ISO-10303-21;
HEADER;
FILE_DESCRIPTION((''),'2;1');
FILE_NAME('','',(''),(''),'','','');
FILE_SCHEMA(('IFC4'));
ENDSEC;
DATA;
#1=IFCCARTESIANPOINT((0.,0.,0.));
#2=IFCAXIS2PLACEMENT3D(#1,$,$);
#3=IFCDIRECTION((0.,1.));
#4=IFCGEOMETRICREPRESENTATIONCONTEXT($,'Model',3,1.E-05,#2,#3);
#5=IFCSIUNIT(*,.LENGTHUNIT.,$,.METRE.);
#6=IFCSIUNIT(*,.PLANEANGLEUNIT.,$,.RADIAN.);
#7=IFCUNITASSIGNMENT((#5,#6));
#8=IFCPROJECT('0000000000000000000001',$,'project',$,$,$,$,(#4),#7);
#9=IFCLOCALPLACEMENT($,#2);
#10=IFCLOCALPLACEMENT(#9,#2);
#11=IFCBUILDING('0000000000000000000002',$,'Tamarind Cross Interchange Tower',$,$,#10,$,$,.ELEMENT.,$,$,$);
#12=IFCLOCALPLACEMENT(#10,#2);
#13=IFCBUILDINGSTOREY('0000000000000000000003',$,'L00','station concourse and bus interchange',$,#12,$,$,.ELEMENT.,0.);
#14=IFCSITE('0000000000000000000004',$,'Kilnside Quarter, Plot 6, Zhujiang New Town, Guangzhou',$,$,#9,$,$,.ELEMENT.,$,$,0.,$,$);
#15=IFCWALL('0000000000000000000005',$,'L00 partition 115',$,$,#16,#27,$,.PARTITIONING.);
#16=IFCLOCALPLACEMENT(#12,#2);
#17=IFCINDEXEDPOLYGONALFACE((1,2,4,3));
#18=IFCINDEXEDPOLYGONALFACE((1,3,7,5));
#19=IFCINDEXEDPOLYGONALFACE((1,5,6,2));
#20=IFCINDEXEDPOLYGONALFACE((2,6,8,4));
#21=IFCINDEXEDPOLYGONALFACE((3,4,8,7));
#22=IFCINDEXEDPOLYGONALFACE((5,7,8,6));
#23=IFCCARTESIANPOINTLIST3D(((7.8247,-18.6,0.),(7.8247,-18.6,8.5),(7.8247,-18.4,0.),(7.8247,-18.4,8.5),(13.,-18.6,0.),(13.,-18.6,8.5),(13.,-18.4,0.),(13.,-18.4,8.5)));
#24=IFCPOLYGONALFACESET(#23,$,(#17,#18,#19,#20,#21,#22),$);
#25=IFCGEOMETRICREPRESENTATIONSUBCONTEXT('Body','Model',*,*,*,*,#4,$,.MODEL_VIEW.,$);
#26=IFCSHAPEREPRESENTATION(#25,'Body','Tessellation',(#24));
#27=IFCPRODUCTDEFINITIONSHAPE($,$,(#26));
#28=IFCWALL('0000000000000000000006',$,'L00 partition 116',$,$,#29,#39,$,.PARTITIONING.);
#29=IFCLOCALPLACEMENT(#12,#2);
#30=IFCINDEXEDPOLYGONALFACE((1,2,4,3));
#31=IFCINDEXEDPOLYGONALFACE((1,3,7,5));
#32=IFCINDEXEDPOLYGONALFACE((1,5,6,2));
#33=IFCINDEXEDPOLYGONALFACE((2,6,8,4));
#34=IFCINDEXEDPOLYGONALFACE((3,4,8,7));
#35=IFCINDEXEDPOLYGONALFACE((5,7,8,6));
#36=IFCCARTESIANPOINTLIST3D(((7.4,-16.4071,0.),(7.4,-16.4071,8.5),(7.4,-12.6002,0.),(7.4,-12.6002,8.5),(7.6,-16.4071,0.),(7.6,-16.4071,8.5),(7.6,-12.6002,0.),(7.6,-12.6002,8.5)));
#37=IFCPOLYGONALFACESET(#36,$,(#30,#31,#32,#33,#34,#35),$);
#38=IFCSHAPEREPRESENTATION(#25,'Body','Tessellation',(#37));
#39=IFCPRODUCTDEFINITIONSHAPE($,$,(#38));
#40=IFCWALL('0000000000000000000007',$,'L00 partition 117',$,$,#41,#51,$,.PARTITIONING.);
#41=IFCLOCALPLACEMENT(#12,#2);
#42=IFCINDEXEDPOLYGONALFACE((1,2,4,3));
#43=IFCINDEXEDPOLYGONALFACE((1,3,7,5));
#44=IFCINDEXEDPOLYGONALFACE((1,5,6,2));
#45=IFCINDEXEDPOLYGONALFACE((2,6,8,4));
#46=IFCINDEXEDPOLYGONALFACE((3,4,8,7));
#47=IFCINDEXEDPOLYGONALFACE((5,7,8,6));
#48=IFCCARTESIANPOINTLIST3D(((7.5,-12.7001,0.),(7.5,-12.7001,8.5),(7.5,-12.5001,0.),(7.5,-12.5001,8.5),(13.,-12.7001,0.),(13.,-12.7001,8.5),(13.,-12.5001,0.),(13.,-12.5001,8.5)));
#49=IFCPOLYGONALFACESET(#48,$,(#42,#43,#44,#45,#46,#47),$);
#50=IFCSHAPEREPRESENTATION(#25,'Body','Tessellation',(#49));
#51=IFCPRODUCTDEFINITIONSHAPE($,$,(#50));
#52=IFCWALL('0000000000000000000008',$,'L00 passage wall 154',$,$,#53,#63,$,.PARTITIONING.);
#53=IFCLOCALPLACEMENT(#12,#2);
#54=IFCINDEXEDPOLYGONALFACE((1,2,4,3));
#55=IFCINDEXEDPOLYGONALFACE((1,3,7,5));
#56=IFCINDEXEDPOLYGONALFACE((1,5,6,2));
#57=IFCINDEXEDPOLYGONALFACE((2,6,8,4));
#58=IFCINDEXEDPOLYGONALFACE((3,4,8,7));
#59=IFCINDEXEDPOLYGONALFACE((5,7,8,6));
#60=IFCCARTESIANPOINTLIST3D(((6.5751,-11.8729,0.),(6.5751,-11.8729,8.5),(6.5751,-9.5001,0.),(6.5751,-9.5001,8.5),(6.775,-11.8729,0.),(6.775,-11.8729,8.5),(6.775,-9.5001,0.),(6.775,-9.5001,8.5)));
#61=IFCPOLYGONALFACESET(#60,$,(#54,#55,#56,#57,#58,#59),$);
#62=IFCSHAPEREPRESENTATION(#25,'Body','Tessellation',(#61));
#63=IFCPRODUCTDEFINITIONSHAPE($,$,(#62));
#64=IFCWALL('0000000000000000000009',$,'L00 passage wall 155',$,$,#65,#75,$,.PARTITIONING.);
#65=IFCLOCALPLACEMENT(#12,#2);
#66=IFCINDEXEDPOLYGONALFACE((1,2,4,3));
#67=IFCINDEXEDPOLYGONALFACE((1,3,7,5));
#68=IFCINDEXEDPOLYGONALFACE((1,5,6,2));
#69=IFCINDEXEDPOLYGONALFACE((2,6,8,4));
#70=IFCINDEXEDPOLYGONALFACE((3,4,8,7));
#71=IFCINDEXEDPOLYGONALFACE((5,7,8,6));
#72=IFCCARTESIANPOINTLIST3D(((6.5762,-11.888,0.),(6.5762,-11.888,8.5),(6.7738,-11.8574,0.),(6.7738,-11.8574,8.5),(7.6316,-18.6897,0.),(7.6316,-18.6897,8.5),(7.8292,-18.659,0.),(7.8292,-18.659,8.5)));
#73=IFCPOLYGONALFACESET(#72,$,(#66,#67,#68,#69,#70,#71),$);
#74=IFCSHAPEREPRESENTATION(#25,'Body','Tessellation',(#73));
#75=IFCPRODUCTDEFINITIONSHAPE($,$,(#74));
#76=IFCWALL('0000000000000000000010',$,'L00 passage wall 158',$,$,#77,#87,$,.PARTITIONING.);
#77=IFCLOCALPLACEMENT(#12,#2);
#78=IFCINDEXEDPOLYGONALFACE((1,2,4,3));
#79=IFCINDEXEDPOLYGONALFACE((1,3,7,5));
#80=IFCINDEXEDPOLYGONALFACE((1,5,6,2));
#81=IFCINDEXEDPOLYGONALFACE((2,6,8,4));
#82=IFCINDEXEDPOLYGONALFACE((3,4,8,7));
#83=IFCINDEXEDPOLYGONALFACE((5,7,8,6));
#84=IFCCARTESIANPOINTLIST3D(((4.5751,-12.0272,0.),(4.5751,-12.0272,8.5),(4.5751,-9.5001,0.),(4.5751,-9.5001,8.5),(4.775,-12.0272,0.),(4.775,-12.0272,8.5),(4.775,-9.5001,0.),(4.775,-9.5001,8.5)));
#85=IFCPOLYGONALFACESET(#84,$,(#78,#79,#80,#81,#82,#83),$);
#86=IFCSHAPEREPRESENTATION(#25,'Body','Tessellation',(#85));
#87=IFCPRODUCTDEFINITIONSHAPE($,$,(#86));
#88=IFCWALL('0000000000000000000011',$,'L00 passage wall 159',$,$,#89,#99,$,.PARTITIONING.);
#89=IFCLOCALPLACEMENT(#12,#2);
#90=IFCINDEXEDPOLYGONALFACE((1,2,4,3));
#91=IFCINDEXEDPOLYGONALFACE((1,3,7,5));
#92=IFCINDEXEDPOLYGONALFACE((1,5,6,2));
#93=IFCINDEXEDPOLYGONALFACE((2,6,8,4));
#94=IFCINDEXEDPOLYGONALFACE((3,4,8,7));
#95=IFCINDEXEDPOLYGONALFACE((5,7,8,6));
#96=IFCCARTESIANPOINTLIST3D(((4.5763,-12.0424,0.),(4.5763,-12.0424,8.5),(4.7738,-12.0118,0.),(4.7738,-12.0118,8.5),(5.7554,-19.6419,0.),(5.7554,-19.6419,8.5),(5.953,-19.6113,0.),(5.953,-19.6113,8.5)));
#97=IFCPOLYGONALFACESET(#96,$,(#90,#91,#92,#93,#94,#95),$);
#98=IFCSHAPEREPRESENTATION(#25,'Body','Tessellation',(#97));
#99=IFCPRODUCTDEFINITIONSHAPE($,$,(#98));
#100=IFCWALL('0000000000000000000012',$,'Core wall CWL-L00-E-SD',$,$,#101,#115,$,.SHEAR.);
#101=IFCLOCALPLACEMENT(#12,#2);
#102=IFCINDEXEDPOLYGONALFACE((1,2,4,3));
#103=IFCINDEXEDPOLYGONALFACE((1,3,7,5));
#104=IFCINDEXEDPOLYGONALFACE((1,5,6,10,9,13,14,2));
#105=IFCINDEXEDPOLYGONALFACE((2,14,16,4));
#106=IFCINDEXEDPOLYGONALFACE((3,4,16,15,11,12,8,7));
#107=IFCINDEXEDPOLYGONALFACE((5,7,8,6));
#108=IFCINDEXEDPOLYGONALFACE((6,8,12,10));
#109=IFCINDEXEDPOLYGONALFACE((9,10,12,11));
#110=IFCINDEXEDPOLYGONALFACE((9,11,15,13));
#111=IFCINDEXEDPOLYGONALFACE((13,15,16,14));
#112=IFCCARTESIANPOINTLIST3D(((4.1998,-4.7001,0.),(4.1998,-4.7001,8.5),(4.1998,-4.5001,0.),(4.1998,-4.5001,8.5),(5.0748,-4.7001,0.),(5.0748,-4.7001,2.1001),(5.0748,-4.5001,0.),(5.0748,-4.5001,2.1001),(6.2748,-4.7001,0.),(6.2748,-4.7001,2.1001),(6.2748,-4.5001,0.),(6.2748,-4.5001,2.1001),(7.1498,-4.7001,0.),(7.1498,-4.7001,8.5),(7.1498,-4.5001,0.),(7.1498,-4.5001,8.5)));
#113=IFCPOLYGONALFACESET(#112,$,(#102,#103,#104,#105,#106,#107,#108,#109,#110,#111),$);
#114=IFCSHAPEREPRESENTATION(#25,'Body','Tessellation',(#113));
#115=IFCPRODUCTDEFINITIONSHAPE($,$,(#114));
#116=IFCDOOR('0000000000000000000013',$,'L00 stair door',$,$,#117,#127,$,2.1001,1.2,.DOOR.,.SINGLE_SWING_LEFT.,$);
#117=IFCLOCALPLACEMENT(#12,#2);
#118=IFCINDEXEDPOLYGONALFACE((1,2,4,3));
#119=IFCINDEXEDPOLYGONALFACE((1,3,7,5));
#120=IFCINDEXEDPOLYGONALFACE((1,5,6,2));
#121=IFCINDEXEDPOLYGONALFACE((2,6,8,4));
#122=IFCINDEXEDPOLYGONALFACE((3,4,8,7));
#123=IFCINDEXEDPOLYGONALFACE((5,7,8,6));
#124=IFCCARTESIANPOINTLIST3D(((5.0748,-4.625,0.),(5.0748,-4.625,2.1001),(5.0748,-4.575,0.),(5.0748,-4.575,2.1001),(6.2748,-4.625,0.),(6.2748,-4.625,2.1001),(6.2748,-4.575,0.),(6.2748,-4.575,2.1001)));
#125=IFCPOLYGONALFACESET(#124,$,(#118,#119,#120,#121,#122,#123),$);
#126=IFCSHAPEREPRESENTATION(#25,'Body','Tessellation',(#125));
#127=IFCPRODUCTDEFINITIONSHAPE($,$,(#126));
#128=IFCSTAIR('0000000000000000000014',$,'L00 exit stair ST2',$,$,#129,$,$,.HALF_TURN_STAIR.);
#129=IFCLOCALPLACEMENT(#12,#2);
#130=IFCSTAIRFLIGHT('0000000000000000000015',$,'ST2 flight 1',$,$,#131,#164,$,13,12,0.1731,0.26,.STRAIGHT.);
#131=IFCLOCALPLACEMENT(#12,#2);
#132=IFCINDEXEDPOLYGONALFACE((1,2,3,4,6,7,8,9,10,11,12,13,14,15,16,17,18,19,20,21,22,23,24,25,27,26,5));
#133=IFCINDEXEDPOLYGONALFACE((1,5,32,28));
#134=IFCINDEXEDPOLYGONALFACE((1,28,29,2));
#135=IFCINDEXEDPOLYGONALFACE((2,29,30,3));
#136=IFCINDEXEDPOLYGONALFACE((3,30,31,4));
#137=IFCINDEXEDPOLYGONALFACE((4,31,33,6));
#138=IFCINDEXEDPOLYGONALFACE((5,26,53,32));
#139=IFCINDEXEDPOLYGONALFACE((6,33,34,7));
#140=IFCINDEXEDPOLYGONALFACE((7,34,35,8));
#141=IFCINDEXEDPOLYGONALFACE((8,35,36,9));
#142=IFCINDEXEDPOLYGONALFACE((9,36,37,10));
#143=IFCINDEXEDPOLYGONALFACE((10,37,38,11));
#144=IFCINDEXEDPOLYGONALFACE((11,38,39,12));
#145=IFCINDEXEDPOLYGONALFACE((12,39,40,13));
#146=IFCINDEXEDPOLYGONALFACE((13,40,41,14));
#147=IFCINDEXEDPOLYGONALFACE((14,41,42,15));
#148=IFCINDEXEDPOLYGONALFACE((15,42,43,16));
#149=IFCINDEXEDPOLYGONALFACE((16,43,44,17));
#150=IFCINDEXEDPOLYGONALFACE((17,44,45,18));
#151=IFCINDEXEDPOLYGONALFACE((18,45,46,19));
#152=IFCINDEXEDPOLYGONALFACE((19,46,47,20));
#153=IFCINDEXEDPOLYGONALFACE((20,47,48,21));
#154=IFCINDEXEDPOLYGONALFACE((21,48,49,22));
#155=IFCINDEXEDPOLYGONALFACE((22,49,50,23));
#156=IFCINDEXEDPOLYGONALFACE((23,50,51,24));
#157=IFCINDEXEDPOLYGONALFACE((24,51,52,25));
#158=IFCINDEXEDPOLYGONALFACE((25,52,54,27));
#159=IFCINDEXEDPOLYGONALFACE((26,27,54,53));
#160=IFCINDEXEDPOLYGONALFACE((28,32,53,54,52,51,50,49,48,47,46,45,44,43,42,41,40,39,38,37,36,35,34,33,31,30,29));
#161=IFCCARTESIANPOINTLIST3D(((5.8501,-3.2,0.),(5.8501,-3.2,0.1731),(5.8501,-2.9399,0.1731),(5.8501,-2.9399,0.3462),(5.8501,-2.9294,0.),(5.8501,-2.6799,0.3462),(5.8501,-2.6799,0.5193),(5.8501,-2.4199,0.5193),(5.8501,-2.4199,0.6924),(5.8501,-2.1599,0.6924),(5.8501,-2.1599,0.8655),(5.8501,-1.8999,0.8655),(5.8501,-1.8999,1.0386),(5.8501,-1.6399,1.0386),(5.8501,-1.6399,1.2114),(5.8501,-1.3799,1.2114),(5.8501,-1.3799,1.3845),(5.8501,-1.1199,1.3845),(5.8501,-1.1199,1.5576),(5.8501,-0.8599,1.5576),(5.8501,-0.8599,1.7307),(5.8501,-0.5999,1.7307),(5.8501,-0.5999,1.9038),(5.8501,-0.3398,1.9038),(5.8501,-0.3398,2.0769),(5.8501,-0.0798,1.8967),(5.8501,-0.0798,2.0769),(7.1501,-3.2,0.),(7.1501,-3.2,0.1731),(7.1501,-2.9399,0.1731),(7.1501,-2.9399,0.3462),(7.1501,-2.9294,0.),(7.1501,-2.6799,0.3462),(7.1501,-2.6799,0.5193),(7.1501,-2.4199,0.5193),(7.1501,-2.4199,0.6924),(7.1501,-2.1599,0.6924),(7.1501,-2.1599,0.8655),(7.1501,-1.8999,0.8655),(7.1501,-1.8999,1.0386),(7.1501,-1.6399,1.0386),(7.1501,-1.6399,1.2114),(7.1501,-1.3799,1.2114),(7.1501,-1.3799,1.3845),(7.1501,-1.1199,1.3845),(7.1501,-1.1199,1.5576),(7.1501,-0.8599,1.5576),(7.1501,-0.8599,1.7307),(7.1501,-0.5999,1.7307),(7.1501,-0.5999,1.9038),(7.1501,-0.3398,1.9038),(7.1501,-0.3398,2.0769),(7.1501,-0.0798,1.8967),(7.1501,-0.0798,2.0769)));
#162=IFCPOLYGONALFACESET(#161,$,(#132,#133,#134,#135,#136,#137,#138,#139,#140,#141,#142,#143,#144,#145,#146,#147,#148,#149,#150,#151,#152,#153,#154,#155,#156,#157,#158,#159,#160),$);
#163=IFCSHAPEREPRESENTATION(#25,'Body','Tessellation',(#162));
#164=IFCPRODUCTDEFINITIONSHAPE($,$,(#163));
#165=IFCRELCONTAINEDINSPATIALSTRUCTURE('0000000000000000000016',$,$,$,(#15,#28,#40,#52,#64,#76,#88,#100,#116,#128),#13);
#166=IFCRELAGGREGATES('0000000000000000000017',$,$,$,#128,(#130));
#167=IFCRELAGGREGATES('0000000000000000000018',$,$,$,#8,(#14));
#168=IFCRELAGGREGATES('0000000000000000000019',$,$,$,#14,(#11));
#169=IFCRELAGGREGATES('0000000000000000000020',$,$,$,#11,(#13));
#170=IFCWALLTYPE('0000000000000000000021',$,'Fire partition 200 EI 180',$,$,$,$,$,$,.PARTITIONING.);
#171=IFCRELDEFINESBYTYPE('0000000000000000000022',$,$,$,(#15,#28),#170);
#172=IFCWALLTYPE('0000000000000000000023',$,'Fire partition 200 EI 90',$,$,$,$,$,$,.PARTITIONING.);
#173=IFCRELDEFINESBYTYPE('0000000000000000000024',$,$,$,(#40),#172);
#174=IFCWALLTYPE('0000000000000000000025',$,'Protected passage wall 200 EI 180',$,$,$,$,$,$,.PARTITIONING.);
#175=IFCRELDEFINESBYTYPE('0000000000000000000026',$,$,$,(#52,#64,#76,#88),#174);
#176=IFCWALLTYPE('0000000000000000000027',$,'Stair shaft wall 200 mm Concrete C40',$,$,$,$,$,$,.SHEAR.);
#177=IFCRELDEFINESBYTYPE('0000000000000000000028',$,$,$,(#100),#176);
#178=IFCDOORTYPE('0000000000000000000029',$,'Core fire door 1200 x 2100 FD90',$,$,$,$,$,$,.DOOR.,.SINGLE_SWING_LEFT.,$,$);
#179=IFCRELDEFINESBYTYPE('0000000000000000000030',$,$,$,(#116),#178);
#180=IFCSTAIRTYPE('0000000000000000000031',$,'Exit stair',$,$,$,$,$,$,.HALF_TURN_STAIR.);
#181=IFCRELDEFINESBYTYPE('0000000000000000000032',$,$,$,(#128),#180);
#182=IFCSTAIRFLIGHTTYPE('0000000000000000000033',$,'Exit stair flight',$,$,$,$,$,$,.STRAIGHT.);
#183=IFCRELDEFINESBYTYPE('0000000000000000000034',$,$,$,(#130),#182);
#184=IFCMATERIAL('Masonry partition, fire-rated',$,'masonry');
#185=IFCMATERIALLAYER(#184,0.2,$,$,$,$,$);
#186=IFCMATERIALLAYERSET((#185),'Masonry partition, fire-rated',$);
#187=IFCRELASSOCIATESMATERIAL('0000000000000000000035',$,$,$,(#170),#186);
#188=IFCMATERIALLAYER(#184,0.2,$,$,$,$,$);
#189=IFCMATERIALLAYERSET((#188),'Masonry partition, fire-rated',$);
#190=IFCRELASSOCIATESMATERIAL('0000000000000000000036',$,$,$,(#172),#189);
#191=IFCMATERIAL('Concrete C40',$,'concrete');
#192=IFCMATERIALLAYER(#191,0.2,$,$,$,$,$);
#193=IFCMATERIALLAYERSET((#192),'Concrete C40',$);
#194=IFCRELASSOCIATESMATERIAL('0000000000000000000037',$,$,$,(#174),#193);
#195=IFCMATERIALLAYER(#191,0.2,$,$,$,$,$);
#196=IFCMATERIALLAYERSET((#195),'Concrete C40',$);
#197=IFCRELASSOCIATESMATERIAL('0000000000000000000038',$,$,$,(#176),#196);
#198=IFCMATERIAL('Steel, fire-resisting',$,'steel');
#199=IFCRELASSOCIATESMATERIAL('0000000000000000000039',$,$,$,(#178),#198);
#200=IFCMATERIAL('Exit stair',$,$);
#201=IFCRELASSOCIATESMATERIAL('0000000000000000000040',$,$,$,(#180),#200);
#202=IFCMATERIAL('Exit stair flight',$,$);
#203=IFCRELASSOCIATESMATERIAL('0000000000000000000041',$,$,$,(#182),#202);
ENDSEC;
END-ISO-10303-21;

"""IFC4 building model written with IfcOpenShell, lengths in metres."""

from ifc_helpers import new_model, si_unit, direction, frame, frame_2d, origin, place, context, subcontext, project, spatial, polyline, rectangle, outline, extrude, material, layer, layer_set, type_object, element, fill, aggregate, save


model = new_model("IFC4")

# Units and contexts
model_context = context("Model", 3, precision=1e-05, world=origin(), true_north=direction((0.0, 1.0)))
body_context = subcontext(model_context, "Body", "Model", "MODEL_VIEW")
ifc_project = project(units=[si_unit("LENGTHUNIT", "METRE"), si_unit("PLANEANGLEUNIT", "RADIAN")], contexts=[model_context])

# Site, building, storey
site_placement = place(None, origin())
site = spatial("IfcSite", under=ifc_project, at=site_placement, Name="Kilnside Quarter, Plot 6, Zhujiang New Town, Guangzhou", CompositionType="ELEMENT", RefElevation=0.0)
building_placement = place(site_placement, origin())
building = spatial("IfcBuilding", under=site, at=building_placement, Name="Tamarind Cross Interchange Tower", CompositionType="ELEMENT")
storey_placement = place(building_placement, origin())
storey = spatial("IfcBuildingStorey", under=building, at=storey_placement, Name="L00", Description="station concourse and bus interchange", CompositionType="ELEMENT", Elevation=0.0)

# Shared definitions
ifc_material_1 = material(Name="Steel, fire-resisting", Category="steel")

# Walls
ifc_material_2 = material(Name="Masonry partition, fire-rated", Category="masonry")
ifc_layer_1 = layer(ifc_material_2, 0.2)
ifc_layer_set_1 = layer_set([ifc_layer_1], Name="Masonry partition, fire-rated")
wall_type_1 = type_object("IfcWallType", Name="Fire partition 200 EI 180", PredefinedType="PARTITIONING", material=ifc_layer_set_1)
wall_1_placement = place(storey_placement, frame((7.8247, -18.5, 0.0), z_axis=(0.0, 0.0, 1.0), x_axis=(1.0, 0.0, 0.0)))
element("IfcWall", 1, at=wall_1_placement, inside=storey, type_object=wall_type_1, Name="L00 partition 115", PredefinedType="PARTITIONING", context=body_context, shape_type="SweptSolid", body=[
    extrude(rectangle(XDim=5.1753, YDim=0.2, at=frame_2d((2.5876, 0.0))), origin(), (0.0, 0.0, 1.0), 8.5),
])
wall_2_placement = place(storey_placement, frame((7.5, -16.407, 0.0), z_axis=(0.0, 0.0, 1.0), x_axis=(0.0, 1.0, 0.0)))
element("IfcWall", 2, at=wall_2_placement, inside=storey, type_object=wall_type_1, Name="L00 partition 116", PredefinedType="PARTITIONING", context=body_context, shape_type="SweptSolid", body=[
    extrude(rectangle(XDim=3.8069, YDim=0.2, at=frame_2d((1.9033, 0.0))), origin(), (0.0, 0.0, 1.0), 8.5),
])
ifc_layer_2 = layer(ifc_material_2, 0.2)
ifc_layer_set_2 = layer_set([ifc_layer_2], Name="Masonry partition, fire-rated")
wall_type_2 = type_object("IfcWallType", Name="Fire partition 200 EI 90", PredefinedType="PARTITIONING", material=ifc_layer_set_2)
wall_3_placement = place(storey_placement, frame((7.5, -12.6001, 0.0), z_axis=(0.0, 0.0, 1.0), x_axis=(1.0, 0.0, 0.0)))
element("IfcWall", 3, at=wall_3_placement, inside=storey, type_object=wall_type_2, Name="L00 partition 117", PredefinedType="PARTITIONING", context=body_context, shape_type="SweptSolid", body=[
    extrude(rectangle(XDim=5.5, YDim=0.2, at=frame_2d((2.75, 0.0))), origin(), (0.0, 0.0, 1.0), 8.5),
])
ifc_material_3 = material(Name="Concrete C40", Category="concrete")
ifc_layer_3 = layer(ifc_material_3, 0.2)
ifc_layer_set_3 = layer_set([ifc_layer_3], Name="Concrete C40")
wall_type_3 = type_object("IfcWallType", Name="Protected passage wall 200 EI 180", PredefinedType="PARTITIONING", material=ifc_layer_set_3)
wall_4_placement = place(storey_placement, frame((6.675, -9.5, 0.0), z_axis=(0.0, 0.0, 1.0), x_axis=(0.0, -1.0, 0.0)))
element("IfcWall", 4, at=wall_4_placement, inside=storey, type_object=wall_type_3, Name="L00 passage wall 154", PredefinedType="PARTITIONING", context=body_context, shape_type="SweptSolid", body=[
    extrude(rectangle(XDim=2.3728, YDim=0.2, at=frame_2d((1.1865, 0.0))), origin(), (0.0, 0.0, 1.0), 8.5),
])
wall_5_placement = place(storey_placement, frame((6.675, -11.8728, 0.0), z_axis=(0.0, 0.0, 1.0), x_axis=(0.153334, -0.988174, 0.0)))
element("IfcWall", 5, at=wall_5_placement, inside=storey, type_object=wall_type_3, Name="L00 passage wall 155", PredefinedType="PARTITIONING", context=body_context, shape_type="SweptSolid", body=[
    extrude(rectangle(XDim=6.8831, YDim=0.2, at=frame_2d((3.4414, 0.0))), origin(), (0.0, 0.0, 1.0), 8.5),
])
wall_6_placement = place(storey_placement, frame((4.675, -9.5, 0.0), z_axis=(0.0, 0.0, 1.0), x_axis=(0.0, -1.0, 0.0)))
element("IfcWall", 6, at=wall_6_placement, inside=storey, type_object=wall_type_3, Name="L00 passage wall 158", PredefinedType="PARTITIONING", context=body_context, shape_type="SweptSolid", body=[
    extrude(rectangle(XDim=2.5271, YDim=0.2, at=frame_2d((1.2637, 0.0))), origin(), (0.0, 0.0, 1.0), 8.5),
])
wall_7_placement = place(storey_placement, frame((4.675, -12.0271, 0.0), z_axis=(0.0, 0.0, 1.0), x_axis=(0.153331, -0.988175, 0.0)))
element("IfcWall", 7, at=wall_7_placement, inside=storey, type_object=wall_type_3, Name="L00 passage wall 159", PredefinedType="PARTITIONING", context=body_context, shape_type="SweptSolid", body=[
    extrude(rectangle(XDim=7.6904, YDim=0.2, at=frame_2d((3.8452, 0.0))), origin(), (0.0, 0.0, 1.0), 8.5),
])

# Wall, opening, door
ifc_layer_4 = layer(ifc_material_3, 0.2)
ifc_layer_set_4 = layer_set([ifc_layer_4], Name="Concrete C40")
wall_type_4 = type_object("IfcWallType", Name="Stair shaft wall 200 mm Concrete C40", PredefinedType="SHEAR", material=ifc_layer_set_4)
wall_8_placement = place(storey_placement, frame((7.1499, -4.6001, 0.0), z_axis=(0.0, 0.0, 1.0), x_axis=(-1.0, 0.0, 0.0)))
wall_8 = element("IfcWall", 8, at=wall_8_placement, inside=storey, type_object=wall_type_4, Name="Core wall CWL-L00-E-SD", PredefinedType="SHEAR", context=body_context, shape_type="SweptSolid", body=[
    extrude(rectangle(XDim=2.95, YDim=0.2, at=frame_2d((1.4751, 0.0))), origin(), (0.0, 0.0, 1.0), 8.5),
])
opening_1_placement = place(wall_8_placement, frame((0.875, 0.0, 0.0)))
opening_1 = element("IfcOpeningElement", 9, at=opening_1_placement, cuts=wall_8, PredefinedType="OPENING", context=body_context, shape_type="SweptSolid", body=[
    extrude(rectangle(XDim=1.2, YDim=2.1001, at=frame_2d((0.6001, 1.05))), frame((0.0, 0.1099, 0.0), z_axis=(0.0, -1.0, 0.0), x_axis=(1.0, 0.0, 0.0)), (0.0, 0.0, 1.0), 0.22),
])
door_type_1 = type_object("IfcDoorType", Name="Core fire door 1200 x 2100 FD90", OperationType="SINGLE_SWING_LEFT", PredefinedType="DOOR", material=ifc_material_1)
door_1_placement = place(opening_1_placement, origin())
door_1 = element("IfcDoor", 10, at=door_1_placement, inside=storey, type_object=door_type_1, Name="L00 stair door", OperationType="SINGLE_SWING_LEFT", OverallHeight=2.1001, OverallWidth=1.2, PredefinedType="DOOR", context=body_context, shape_type="SweptSolid", body=[
    extrude(rectangle(XDim=1.2, YDim=2.1001, at=frame_2d((0.6001, 1.05))), frame((0.0, 0.0249, 0.0), z_axis=(0.0, -1.0, 0.0), x_axis=(1.0, 0.0, 0.0)), (0.0, 0.0, 1.0), 0.05),
])
fill(opening_1, door_1)

# Stair, stair flight
ifc_material_4 = material(Name="Exit stair")
stair_type = type_object("IfcStairType", Name="Exit stair", PredefinedType="HALF_TURN_STAIR", material=ifc_material_4)
stair_placement = place(storey_placement, origin())
stair = element("IfcStair", 11, at=stair_placement, inside=storey, type_object=stair_type, Name="L00 exit stair ST2", PredefinedType="HALF_TURN_STAIR")
ifc_material_5 = material(Name="Exit stair flight")
stair_flight_type = type_object("IfcStairFlightType", Name="Exit stair flight", PredefinedType="STRAIGHT", material=ifc_material_5)
stair_flight_1_placement = place(storey_placement, frame((6.5, -3.2, 0.0), z_axis=(0.0, 0.0, 1.0), x_axis=(0.0, 1.0, 0.0)))
stair_flight_1 = element("IfcStairFlight", 12, at=stair_flight_1_placement, type_object=stair_flight_type, Name="ST2 flight 1", NumberOfRisers=13, NumberOfTreads=12, PredefinedType="STRAIGHT", RiserHeight=0.1731, TreadLength=0.26, context=body_context, shape_type="SweptSolid", body=[
    extrude(outline(polyline([(0.0, 0.0), (0.0, 0.1731), (0.26, 0.1731), (0.26, 0.3462), (0.52, 0.3462), (0.52, 0.5193), (0.78, 0.5193), (0.78, 0.6924), (1.04, 0.6924), (1.04, 0.8655), (1.3, 0.8655), (1.3, 1.0386), (1.5601, 1.0386), (1.5601, 1.2114), (1.8201, 1.2114), (1.8201, 1.3845), (2.0801, 1.3845), (2.0801, 1.5576), (2.3401, 1.5576), (2.3401, 1.7307), (2.6001, 1.7307), (2.6001, 1.9038), (2.8601, 1.9038), (2.8601, 2.0769), (3.1201, 2.0769), (3.1201, 2.25), (3.1201, 1.8967), (0.2705, 0.0), (0.0, 0.0)])), frame((0.0, 0.6499, 0.0), z_axis=(0.0, -1.0, 0.0), x_axis=(1.0, 0.0, 0.0)), (0.0, 0.0, 1.0), 1.3),
])
aggregate(stair, [stair_flight_1])

save(model, "model.ifc")
